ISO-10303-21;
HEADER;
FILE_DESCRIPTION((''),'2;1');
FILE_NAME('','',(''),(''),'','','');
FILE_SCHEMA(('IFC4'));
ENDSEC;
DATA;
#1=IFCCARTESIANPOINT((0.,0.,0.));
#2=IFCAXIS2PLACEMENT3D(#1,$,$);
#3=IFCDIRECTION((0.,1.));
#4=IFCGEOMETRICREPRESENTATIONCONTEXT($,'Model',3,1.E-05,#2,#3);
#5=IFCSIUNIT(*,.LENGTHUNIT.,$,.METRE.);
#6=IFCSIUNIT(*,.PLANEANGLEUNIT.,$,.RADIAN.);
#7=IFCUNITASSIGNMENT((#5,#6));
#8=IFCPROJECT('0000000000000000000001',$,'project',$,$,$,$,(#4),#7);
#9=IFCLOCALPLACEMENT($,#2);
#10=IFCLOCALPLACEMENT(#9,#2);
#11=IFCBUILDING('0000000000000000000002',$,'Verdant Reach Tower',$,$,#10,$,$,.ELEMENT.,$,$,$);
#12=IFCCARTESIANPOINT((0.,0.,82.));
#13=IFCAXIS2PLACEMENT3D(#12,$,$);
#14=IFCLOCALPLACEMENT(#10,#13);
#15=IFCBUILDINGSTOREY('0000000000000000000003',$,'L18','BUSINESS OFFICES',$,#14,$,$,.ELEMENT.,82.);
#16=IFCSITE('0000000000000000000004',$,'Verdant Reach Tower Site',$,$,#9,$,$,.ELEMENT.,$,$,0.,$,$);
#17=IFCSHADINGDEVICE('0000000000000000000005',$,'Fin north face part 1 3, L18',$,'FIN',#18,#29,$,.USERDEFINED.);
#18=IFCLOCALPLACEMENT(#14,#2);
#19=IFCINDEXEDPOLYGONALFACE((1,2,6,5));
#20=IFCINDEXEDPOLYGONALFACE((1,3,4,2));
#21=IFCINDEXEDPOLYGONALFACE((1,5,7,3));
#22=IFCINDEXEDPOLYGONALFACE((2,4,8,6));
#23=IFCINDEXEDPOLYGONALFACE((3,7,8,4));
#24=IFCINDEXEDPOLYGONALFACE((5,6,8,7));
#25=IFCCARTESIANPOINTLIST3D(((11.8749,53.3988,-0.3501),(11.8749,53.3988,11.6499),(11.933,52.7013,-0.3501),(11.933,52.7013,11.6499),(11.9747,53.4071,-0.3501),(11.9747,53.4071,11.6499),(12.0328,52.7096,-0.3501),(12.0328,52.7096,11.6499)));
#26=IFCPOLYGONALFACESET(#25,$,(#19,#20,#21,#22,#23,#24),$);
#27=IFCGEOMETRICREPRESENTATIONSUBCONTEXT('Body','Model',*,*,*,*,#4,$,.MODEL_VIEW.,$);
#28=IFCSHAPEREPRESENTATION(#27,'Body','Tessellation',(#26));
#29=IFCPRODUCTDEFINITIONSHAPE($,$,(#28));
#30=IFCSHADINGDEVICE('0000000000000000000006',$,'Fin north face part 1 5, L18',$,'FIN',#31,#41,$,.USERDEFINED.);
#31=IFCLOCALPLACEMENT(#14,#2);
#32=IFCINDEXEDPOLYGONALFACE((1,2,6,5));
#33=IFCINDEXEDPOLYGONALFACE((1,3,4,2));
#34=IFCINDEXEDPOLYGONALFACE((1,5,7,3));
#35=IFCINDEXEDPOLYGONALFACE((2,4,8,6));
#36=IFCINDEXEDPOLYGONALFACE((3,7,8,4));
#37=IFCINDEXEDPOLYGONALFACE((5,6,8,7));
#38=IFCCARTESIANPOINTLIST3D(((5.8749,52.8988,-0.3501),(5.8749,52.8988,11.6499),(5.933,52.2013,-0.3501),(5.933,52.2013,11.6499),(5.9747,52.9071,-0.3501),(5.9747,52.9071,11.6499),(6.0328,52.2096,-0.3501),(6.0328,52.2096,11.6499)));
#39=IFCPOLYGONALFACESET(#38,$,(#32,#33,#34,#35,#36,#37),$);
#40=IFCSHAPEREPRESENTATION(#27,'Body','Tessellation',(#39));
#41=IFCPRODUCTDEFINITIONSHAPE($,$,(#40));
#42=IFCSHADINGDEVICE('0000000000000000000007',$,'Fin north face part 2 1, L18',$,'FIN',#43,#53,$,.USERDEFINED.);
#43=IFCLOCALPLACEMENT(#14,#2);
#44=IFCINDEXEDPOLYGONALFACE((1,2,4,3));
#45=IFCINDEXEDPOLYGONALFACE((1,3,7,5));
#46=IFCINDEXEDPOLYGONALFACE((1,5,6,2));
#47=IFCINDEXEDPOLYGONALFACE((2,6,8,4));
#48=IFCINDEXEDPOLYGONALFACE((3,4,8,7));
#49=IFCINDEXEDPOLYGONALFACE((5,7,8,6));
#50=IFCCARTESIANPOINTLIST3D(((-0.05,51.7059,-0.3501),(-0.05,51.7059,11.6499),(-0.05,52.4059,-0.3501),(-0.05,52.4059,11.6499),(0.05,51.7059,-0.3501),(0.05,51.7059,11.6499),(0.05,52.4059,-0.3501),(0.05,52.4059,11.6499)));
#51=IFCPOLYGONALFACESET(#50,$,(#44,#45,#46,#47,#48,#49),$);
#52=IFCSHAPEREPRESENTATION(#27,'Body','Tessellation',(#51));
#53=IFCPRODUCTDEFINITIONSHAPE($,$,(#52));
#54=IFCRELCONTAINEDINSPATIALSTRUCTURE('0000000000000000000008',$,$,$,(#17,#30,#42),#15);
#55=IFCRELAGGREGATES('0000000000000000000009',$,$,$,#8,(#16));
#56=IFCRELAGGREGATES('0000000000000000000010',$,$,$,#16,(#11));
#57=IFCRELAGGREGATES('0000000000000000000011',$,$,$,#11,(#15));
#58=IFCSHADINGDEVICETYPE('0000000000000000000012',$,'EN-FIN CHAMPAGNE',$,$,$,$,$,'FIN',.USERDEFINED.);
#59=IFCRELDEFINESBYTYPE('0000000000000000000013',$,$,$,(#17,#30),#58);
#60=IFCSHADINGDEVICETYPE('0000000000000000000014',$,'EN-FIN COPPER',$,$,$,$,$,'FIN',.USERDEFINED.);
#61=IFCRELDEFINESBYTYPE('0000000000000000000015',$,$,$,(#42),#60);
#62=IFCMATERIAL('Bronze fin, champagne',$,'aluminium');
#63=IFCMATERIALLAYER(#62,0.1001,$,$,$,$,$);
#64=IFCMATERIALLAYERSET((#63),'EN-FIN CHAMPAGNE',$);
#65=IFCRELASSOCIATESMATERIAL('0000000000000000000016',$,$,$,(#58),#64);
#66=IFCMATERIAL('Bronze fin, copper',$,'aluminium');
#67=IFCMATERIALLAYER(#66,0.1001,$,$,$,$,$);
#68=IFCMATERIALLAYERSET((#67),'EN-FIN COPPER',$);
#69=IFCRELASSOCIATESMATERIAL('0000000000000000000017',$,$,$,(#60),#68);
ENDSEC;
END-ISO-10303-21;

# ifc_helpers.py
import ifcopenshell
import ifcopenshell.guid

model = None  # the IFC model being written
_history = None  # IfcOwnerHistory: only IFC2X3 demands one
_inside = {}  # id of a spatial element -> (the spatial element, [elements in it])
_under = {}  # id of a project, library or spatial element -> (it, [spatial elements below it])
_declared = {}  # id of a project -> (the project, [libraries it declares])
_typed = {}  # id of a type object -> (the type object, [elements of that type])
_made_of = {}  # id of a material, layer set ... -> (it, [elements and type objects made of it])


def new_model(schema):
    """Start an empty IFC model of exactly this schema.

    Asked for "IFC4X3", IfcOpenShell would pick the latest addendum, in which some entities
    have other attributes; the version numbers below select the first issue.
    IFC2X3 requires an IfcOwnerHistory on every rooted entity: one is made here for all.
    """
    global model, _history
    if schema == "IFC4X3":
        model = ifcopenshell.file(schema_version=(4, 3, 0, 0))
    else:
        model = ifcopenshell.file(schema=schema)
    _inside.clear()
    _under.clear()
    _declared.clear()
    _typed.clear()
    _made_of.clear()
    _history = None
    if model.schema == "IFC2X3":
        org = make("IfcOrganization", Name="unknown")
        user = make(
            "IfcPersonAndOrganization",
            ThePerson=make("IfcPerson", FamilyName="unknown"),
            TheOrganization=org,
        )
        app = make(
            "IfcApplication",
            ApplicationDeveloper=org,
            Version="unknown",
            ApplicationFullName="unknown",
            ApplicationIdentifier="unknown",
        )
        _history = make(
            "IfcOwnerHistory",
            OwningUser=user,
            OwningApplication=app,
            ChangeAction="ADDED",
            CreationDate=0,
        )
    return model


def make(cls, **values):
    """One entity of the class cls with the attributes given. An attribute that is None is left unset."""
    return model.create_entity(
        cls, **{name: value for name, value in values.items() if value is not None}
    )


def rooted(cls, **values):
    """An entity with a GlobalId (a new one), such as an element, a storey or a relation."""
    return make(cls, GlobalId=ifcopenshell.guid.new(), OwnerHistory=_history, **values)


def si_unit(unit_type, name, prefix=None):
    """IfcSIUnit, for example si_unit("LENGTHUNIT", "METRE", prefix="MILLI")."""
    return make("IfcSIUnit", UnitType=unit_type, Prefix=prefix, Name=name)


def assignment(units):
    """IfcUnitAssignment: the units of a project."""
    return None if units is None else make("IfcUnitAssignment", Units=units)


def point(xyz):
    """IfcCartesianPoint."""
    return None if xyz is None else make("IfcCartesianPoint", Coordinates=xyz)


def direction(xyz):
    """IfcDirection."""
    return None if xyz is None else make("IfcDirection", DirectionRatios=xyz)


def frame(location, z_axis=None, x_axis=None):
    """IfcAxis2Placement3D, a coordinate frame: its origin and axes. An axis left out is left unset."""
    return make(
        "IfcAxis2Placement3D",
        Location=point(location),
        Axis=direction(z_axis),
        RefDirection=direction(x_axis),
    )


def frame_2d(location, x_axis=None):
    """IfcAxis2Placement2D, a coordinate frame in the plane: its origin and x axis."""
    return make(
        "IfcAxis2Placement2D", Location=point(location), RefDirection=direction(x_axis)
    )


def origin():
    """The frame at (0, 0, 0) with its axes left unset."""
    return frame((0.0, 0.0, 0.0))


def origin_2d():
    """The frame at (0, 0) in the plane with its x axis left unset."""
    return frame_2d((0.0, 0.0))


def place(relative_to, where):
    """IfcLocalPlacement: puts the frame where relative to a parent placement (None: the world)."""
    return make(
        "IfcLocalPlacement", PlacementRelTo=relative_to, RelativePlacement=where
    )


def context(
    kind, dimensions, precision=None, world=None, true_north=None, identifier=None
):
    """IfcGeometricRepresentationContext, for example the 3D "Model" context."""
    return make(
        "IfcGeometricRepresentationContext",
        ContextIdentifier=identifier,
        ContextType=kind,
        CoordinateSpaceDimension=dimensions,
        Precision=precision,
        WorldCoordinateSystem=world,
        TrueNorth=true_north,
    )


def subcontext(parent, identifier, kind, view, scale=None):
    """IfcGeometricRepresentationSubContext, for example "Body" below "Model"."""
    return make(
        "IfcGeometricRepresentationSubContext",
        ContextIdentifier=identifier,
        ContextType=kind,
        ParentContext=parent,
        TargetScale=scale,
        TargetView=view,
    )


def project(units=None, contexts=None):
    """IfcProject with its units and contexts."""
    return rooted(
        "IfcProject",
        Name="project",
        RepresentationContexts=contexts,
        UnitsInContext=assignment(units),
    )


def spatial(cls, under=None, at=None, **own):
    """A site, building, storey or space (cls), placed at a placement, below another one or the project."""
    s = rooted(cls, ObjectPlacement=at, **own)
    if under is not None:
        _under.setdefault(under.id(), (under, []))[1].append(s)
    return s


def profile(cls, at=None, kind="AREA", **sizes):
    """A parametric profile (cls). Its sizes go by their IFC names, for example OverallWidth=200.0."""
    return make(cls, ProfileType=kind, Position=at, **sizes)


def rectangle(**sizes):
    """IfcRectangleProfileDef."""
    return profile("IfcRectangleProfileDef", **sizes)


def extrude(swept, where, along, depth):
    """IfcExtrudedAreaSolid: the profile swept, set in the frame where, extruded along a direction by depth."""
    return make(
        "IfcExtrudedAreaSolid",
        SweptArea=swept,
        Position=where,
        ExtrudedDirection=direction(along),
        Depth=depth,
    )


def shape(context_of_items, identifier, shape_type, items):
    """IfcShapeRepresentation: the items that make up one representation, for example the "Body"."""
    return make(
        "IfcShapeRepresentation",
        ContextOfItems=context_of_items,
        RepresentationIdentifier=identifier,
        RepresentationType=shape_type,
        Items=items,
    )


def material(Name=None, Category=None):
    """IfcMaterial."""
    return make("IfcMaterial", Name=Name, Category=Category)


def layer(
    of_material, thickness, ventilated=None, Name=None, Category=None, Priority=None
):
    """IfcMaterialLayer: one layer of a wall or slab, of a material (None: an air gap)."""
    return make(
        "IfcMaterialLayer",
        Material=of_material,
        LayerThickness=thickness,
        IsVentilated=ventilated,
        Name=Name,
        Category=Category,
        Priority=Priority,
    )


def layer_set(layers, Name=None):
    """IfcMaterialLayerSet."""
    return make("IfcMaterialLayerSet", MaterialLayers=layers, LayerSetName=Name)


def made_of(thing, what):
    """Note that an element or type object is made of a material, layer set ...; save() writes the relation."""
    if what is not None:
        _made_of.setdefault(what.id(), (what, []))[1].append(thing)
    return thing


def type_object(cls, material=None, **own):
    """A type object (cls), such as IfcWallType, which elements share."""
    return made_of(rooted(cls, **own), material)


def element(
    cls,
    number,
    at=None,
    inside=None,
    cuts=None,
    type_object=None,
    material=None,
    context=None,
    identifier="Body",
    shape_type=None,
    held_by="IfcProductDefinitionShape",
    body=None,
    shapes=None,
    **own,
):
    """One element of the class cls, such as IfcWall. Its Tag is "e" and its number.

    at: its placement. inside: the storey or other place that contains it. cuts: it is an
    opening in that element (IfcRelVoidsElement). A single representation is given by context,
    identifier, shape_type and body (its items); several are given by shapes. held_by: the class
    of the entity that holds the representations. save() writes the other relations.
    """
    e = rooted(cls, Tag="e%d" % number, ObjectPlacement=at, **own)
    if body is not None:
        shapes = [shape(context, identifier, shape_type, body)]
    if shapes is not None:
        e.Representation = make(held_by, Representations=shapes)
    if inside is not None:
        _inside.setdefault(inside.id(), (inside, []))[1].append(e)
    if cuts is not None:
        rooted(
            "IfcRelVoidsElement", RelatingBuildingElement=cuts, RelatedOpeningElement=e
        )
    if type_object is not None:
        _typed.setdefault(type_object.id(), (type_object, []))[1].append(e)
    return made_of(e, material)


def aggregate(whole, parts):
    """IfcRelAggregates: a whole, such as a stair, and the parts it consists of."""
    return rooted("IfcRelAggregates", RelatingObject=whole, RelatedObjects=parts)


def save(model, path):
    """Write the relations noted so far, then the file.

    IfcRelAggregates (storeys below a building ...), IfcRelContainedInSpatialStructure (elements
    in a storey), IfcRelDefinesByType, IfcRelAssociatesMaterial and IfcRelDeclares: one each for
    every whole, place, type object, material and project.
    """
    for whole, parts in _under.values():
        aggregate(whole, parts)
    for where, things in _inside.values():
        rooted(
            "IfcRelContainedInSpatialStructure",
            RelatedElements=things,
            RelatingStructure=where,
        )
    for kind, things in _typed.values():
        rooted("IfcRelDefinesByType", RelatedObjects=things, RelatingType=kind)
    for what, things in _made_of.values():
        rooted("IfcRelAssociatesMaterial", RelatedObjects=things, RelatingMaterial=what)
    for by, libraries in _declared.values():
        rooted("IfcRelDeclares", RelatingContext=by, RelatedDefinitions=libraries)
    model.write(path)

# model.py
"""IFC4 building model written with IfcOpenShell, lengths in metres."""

from ifc_helpers import new_model, si_unit, direction, frame, origin, origin_2d, place, context, subcontext, project, spatial, rectangle, extrude, material, layer, layer_set, type_object, element, save


model = new_model("IFC4")

# Units and contexts
model_context = context("Model", 3, precision=1e-05, world=origin(), true_north=direction((0.0, 1.0)))
body_context = subcontext(model_context, "Body", "Model", "MODEL_VIEW")
ifc_project = project(units=[si_unit("LENGTHUNIT", "METRE"), si_unit("PLANEANGLEUNIT", "RADIAN")], contexts=[model_context])

# Site, building, storey
site_placement = place(None, origin())
site = spatial("IfcSite", under=ifc_project, at=site_placement, Name="Verdant Reach Tower Site", CompositionType="ELEMENT", RefElevation=0.0)
building_placement = place(site_placement, origin())
building = spatial("IfcBuilding", under=site, at=building_placement, Name="Verdant Reach Tower", CompositionType="ELEMENT")
storey_placement = place(building_placement, frame((0.0, 0.0, 82.0)))
storey = spatial("IfcBuildingStorey", under=building, at=storey_placement, Name="L18", Description="BUSINESS OFFICES", CompositionType="ELEMENT", Elevation=82.0)

# Shading devices
ifc_material_1 = material(Name="Bronze fin, champagne", Category="aluminium")
ifc_layer_1 = layer(ifc_material_1, 0.1001)
ifc_layer_set_1 = layer_set([ifc_layer_1], Name="EN-FIN CHAMPAGNE")
shading_device_type_1 = type_object("IfcShadingDeviceType", Name="EN-FIN CHAMPAGNE", ElementType="FIN", PredefinedType="USERDEFINED", material=ifc_layer_set_1)
for number, where, z_axis, x_axis, name in (
    (1, (11.9539, 53.0542, -0.3501), (0.0, 0.0, 1.0), (-0.996546, -0.083045, 0.0), "Fin north face part 1 3, L18"),
    (2, (5.9539, 52.5542, -0.3501), (0.0, 0.0, 1.0), (-0.996546, -0.083045, 0.0), "Fin north face part 1 5, L18"),
):
    element("IfcShadingDevice", number, at=place(storey_placement, frame(where, z_axis=z_axis, x_axis=x_axis)), inside=storey, type_object=shading_device_type_1, Name=name, ObjectType="FIN", PredefinedType="USERDEFINED", context=body_context, shape_type="SweptSolid", body=[
        extrude(rectangle(XDim=0.1001, YDim=0.7, at=origin_2d()), origin(), (0.0, 0.0, 1.0), 12.0),
    ])
ifc_material_2 = material(Name="Bronze fin, copper", Category="aluminium")
ifc_layer_2 = layer(ifc_material_2, 0.1001)
ifc_layer_set_2 = layer_set([ifc_layer_2], Name="EN-FIN COPPER")
shading_device_type_2 = type_object("IfcShadingDeviceType", Name="EN-FIN COPPER", ElementType="FIN", PredefinedType="USERDEFINED", material=ifc_layer_set_2)
shading_device_placement = place(storey_placement, frame((0.0, 52.0559, -0.3501), z_axis=(0.0, 0.0, 1.0), x_axis=(-1.0, 0.0, 0.0)))
element("IfcShadingDevice", 3, at=shading_device_placement, inside=storey, type_object=shading_device_type_2, Name="Fin north face part 2 1, L18", ObjectType="FIN", PredefinedType="USERDEFINED", context=body_context, shape_type="SweptSolid", body=[
    extrude(rectangle(XDim=0.1001, YDim=0.7, at=origin_2d()), origin(), (0.0, 0.0, 1.0), 12.0),
])

save(model, "model.ifc")
